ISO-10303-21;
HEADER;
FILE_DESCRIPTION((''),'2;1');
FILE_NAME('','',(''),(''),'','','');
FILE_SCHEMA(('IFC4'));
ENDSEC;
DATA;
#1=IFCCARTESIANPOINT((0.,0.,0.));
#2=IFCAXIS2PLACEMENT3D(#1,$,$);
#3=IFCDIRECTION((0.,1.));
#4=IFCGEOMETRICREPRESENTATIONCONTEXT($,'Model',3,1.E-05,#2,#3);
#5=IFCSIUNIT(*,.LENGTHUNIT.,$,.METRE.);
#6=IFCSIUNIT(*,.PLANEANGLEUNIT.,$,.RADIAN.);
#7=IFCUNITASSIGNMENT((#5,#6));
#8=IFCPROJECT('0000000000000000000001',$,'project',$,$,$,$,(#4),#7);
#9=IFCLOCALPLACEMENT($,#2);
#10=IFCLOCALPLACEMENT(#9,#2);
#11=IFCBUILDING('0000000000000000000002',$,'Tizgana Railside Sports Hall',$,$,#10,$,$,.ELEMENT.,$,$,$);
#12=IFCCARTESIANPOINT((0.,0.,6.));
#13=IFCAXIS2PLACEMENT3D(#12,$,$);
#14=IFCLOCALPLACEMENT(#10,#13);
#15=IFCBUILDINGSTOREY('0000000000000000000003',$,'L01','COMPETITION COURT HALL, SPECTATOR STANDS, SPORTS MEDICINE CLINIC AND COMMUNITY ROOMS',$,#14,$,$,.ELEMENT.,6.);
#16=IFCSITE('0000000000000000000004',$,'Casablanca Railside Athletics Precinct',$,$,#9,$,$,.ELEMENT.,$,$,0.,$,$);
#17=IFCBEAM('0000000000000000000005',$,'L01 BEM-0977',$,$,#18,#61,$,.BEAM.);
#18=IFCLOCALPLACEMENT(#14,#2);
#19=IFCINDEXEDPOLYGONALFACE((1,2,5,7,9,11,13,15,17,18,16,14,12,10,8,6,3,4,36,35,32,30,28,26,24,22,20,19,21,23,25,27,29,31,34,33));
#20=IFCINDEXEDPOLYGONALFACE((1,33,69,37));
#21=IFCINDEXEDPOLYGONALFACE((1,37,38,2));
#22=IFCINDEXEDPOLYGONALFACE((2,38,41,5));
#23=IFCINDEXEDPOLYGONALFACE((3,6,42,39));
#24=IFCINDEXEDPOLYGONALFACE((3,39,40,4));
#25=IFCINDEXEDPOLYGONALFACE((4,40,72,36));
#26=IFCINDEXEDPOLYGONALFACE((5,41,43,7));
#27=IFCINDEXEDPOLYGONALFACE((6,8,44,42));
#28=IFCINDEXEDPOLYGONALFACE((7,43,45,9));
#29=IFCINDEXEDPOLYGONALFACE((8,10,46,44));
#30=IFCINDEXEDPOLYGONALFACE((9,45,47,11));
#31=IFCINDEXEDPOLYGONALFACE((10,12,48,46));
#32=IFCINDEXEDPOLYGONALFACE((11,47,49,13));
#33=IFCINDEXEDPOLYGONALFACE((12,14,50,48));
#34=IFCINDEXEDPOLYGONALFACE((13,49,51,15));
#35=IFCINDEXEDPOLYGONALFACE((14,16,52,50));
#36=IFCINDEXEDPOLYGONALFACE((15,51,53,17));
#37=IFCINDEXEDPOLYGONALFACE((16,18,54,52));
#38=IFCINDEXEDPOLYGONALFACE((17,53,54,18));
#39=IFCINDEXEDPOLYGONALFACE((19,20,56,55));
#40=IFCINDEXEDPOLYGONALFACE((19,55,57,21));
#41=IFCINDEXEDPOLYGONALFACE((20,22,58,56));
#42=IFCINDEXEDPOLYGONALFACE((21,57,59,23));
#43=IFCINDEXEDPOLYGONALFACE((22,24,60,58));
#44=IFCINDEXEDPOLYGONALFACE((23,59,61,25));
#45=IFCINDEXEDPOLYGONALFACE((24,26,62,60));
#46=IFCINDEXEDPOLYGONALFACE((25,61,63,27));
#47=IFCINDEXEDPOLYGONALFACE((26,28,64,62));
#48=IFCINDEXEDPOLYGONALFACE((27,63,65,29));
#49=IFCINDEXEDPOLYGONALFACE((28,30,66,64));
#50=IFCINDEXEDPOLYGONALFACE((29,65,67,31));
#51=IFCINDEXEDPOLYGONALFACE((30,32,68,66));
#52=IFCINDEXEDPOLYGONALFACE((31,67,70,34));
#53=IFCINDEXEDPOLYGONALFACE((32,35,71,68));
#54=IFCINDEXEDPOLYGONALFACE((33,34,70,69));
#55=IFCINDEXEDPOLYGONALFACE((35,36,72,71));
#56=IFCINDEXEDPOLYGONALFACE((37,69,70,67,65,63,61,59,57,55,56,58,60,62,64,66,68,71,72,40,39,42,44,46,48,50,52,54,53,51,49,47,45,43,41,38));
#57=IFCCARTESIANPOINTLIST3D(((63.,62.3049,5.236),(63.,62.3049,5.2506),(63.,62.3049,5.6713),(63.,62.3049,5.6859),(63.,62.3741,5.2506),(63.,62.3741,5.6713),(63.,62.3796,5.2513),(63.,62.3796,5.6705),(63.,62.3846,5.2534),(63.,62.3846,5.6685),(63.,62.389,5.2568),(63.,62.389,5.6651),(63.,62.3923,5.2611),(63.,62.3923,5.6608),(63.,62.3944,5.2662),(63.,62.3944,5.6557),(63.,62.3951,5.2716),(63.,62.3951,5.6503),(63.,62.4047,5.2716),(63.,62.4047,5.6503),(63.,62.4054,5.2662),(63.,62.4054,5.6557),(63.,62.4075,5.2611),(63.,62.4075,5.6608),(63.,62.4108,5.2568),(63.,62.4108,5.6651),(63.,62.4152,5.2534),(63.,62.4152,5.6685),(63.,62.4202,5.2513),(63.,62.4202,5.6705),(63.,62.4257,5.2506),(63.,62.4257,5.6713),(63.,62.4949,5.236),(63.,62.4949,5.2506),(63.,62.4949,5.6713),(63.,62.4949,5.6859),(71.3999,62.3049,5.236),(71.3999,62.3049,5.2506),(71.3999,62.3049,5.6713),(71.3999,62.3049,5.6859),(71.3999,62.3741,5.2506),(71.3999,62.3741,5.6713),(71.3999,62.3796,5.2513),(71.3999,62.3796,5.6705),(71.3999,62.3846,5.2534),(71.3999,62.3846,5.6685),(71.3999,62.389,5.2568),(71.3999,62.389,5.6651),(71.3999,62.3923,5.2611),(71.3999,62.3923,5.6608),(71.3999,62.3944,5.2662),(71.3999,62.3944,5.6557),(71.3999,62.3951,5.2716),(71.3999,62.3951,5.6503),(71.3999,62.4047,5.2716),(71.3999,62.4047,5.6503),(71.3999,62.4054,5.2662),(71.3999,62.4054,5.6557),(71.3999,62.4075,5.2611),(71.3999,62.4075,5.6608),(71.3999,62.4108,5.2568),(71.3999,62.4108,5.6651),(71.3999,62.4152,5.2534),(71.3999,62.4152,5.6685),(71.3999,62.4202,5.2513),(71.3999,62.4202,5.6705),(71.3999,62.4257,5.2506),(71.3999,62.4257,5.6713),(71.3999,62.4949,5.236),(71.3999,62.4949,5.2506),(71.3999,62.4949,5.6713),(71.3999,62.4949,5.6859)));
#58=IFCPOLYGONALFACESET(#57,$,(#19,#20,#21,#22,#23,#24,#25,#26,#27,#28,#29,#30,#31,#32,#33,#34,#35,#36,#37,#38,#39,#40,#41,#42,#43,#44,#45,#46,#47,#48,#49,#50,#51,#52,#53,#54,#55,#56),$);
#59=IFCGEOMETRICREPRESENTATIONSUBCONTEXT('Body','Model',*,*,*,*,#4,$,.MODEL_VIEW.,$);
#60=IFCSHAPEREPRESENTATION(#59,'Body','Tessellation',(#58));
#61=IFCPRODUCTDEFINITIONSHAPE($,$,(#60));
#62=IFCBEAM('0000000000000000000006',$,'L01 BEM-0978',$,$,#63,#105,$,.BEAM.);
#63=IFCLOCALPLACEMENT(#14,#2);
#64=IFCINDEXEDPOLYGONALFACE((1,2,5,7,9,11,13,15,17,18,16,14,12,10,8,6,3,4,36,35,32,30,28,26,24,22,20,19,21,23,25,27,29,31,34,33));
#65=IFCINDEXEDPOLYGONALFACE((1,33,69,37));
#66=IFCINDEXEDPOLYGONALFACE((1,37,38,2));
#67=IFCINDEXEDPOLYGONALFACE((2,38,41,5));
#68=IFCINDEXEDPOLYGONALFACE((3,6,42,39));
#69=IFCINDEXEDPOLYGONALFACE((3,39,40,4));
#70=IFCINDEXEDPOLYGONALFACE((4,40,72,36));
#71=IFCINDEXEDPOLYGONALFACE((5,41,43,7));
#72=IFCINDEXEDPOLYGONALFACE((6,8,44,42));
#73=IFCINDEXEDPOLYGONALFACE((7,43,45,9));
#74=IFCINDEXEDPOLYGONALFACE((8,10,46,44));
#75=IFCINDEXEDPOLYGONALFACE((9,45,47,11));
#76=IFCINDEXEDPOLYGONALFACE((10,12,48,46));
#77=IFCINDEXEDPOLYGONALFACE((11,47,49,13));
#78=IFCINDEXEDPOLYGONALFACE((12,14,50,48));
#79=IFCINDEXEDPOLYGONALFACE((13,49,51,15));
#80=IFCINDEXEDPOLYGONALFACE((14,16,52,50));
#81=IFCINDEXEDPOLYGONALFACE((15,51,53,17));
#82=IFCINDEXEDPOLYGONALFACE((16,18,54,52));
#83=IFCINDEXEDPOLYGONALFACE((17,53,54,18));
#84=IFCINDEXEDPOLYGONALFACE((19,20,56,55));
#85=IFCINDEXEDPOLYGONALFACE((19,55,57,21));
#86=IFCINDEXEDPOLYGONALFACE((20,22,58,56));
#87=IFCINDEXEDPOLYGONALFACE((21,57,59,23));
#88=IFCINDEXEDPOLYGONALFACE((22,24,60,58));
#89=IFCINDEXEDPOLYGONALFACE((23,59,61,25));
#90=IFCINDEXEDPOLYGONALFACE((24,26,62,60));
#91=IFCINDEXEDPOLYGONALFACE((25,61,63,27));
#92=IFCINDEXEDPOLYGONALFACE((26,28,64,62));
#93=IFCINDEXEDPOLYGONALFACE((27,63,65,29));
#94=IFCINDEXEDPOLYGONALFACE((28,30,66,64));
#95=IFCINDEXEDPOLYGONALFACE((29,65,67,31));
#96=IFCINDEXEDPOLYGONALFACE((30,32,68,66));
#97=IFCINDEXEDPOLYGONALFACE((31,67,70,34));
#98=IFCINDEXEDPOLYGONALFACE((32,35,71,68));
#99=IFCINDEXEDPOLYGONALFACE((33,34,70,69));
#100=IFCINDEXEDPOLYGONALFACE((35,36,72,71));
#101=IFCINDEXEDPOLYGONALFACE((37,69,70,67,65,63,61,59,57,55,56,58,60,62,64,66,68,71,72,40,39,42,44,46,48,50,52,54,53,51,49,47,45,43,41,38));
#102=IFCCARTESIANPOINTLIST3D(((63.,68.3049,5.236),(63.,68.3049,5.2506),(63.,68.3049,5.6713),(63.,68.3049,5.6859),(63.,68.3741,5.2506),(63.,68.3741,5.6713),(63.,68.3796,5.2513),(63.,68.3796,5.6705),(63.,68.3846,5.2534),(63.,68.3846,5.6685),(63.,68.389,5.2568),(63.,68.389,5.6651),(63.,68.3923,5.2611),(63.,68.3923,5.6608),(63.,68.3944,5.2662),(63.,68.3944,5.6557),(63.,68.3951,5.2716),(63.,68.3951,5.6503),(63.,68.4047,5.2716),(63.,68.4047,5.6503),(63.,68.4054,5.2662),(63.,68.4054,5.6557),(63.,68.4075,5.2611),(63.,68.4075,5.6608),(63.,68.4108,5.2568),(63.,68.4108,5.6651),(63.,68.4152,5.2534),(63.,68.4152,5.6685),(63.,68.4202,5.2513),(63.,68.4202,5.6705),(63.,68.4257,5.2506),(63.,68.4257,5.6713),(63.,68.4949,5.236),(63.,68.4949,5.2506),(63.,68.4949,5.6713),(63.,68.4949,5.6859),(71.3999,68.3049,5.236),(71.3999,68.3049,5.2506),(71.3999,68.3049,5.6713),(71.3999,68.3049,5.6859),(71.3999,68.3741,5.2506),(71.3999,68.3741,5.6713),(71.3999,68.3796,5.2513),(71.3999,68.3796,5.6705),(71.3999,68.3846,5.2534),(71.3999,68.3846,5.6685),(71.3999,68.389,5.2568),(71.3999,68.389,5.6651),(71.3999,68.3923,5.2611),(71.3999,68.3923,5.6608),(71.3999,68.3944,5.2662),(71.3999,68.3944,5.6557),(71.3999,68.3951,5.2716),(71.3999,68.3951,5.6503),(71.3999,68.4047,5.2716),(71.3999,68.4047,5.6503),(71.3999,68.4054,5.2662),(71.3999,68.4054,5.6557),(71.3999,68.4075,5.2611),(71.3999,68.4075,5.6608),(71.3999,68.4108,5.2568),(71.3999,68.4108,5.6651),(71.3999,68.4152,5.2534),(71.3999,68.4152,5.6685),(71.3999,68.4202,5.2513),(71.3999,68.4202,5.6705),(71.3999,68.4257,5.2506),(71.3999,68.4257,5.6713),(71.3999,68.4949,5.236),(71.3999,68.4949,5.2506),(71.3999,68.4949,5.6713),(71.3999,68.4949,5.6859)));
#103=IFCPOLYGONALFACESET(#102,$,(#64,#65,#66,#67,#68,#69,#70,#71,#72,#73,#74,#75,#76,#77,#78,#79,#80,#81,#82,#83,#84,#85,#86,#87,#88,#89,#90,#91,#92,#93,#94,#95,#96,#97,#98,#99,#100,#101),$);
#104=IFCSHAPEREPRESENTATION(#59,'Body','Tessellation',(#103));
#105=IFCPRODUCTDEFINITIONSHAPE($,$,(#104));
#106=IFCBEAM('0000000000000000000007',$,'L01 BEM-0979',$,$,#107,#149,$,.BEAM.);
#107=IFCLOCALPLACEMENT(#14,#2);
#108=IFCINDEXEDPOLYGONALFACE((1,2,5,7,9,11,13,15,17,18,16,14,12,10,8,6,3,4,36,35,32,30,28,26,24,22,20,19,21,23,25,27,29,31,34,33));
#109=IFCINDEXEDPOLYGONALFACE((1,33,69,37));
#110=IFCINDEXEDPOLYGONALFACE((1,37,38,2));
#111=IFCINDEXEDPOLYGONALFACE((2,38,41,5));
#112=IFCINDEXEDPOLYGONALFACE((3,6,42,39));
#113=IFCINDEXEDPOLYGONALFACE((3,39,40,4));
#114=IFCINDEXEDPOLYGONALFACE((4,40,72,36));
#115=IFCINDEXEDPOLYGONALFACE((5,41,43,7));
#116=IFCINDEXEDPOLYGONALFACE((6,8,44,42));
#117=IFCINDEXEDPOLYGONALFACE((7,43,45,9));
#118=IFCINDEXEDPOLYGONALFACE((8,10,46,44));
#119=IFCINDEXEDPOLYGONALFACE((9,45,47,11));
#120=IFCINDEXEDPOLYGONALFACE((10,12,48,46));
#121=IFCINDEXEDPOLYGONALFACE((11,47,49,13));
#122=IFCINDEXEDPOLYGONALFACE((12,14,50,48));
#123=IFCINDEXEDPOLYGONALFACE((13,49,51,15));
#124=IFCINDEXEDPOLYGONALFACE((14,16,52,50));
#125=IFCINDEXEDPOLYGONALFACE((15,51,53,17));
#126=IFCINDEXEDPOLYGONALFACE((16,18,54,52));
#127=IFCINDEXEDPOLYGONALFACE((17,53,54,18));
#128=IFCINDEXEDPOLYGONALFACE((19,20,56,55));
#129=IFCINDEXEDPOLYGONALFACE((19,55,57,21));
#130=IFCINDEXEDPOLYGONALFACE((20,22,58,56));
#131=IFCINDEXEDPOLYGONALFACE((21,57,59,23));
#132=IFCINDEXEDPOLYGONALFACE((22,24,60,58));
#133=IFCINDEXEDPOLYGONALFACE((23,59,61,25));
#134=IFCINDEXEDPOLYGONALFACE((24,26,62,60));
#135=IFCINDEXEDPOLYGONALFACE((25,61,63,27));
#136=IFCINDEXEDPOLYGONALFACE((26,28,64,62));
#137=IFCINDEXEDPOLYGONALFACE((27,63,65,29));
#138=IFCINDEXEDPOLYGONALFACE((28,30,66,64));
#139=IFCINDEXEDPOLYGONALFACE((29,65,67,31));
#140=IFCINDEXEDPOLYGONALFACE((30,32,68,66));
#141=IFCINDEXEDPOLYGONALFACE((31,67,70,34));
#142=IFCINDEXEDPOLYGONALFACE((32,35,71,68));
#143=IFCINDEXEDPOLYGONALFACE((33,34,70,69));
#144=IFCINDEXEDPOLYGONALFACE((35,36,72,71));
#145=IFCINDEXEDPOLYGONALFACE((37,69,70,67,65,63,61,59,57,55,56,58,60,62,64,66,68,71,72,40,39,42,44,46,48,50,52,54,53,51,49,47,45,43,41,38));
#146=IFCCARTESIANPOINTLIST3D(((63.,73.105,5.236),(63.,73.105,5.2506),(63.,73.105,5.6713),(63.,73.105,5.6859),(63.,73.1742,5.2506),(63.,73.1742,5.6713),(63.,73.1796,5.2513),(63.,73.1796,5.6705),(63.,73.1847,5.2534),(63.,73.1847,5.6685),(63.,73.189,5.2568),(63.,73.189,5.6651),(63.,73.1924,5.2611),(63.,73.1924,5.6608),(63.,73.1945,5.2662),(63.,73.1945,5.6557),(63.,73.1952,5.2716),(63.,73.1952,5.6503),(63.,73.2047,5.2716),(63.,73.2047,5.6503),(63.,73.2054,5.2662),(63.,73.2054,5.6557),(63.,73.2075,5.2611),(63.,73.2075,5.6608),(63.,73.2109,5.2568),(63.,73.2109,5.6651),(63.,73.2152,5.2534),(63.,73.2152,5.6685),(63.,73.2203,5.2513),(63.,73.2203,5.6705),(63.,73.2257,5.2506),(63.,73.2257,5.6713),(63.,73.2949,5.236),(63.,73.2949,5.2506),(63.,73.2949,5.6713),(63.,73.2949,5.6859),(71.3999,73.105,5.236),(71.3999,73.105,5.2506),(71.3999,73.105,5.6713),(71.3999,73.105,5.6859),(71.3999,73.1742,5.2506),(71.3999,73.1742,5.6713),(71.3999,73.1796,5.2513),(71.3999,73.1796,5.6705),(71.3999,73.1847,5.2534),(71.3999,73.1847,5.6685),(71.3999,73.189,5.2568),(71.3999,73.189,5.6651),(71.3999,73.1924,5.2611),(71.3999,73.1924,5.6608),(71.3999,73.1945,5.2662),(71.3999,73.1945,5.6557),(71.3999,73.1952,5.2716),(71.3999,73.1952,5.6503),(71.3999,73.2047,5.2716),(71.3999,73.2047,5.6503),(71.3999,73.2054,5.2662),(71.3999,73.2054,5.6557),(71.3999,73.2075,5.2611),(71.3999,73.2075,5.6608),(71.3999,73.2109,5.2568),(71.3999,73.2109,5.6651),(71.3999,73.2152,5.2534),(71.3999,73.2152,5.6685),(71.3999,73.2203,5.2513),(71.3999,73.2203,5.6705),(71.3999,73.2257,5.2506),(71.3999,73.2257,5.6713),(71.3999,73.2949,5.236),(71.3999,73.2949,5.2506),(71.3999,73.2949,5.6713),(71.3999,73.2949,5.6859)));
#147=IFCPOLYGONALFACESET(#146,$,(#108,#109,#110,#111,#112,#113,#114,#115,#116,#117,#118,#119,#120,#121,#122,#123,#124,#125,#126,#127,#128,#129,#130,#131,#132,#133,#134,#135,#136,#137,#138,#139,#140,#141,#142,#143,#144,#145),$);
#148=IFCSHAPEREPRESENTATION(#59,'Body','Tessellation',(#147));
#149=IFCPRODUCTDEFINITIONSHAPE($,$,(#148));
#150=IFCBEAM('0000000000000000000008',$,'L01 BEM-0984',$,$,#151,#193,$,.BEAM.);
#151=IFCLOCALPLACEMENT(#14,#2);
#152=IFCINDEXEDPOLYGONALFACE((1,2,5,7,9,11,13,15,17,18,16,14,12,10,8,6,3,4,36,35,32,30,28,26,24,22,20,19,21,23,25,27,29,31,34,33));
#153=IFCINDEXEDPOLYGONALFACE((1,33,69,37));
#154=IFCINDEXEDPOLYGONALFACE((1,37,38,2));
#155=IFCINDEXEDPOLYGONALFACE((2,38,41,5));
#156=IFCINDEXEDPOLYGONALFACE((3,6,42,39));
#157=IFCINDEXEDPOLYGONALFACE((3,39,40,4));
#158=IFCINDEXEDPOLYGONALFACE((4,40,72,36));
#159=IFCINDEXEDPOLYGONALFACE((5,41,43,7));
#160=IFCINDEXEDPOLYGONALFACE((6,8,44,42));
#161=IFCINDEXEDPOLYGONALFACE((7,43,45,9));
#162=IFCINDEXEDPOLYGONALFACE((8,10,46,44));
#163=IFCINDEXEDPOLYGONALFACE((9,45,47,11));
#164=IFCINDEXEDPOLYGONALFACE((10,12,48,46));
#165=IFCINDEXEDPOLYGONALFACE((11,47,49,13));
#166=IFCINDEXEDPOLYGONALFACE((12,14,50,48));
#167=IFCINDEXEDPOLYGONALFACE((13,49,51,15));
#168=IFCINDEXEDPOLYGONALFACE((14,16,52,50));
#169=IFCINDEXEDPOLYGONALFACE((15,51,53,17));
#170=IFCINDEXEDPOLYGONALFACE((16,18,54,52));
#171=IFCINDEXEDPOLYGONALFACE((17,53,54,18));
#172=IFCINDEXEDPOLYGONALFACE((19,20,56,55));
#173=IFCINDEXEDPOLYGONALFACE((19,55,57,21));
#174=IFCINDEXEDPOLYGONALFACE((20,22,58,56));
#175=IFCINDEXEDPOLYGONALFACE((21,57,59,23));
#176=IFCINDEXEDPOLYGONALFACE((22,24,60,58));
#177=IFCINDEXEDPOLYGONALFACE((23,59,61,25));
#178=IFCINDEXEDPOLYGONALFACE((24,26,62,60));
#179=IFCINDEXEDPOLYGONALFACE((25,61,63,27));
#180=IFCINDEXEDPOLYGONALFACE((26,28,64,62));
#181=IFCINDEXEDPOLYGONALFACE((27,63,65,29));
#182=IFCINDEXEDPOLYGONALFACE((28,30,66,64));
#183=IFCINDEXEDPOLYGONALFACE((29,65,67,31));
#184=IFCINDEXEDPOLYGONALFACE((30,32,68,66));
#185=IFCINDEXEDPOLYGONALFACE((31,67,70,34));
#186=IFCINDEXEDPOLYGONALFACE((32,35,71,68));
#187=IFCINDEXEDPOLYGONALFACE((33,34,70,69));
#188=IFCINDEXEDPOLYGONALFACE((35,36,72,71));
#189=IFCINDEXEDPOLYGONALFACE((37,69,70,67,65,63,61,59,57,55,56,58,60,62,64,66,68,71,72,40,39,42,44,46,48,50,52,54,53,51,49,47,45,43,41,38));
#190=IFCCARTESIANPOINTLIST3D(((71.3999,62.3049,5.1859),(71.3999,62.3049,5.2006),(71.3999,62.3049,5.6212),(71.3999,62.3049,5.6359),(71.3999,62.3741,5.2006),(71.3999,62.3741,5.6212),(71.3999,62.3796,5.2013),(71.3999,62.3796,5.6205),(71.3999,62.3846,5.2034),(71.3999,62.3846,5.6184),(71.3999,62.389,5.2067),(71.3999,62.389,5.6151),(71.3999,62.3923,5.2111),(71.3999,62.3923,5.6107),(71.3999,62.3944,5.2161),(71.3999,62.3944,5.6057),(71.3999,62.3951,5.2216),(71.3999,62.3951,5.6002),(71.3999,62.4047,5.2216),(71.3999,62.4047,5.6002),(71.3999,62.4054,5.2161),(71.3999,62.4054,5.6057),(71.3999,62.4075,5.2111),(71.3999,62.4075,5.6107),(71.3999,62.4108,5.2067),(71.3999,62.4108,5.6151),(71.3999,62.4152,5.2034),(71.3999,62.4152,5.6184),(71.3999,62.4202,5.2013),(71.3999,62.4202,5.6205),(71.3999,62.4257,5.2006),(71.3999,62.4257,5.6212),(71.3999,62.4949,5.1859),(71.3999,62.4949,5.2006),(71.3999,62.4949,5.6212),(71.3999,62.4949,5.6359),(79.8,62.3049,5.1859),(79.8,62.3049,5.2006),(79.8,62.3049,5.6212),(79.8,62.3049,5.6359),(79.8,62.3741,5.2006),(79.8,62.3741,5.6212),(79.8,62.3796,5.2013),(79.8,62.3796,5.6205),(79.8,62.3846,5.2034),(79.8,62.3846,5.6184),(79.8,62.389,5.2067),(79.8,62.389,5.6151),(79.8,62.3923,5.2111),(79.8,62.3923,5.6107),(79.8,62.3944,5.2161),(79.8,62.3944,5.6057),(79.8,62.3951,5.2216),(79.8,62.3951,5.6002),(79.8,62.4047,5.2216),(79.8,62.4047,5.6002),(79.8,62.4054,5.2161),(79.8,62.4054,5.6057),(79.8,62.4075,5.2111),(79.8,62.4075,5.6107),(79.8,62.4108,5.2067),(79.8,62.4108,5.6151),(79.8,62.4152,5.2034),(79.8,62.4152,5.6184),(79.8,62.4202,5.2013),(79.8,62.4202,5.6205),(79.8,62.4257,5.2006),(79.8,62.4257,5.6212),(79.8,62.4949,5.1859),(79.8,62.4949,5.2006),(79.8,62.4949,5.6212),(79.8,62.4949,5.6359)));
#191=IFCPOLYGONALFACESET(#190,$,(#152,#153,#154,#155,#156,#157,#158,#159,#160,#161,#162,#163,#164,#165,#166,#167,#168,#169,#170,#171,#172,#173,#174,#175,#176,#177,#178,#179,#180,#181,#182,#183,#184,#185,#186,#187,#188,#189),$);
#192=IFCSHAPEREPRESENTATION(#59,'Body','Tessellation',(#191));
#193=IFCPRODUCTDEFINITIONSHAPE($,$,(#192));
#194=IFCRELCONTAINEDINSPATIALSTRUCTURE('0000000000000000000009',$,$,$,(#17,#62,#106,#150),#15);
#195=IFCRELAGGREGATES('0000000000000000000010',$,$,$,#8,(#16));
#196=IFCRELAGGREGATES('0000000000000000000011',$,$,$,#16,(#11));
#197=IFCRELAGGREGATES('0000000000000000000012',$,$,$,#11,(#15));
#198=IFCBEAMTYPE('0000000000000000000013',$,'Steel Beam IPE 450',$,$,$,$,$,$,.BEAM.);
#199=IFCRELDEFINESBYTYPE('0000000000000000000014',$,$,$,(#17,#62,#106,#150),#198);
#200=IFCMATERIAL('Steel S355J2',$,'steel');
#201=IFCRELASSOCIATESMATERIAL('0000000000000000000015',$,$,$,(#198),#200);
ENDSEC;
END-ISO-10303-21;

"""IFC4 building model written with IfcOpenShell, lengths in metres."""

from ifc_helpers import new_model, si_unit, direction, frame, origin, origin_2d, place, context, subcontext, project, spatial, i_section, extrude, material, material_profile, profile_set, type_object, element, save


model = new_model("IFC4")

# Units and contexts
model_context = context("Model", 3, precision=1e-05, world=origin(), true_north=direction((0.0, 1.0)))
body_context = subcontext(model_context, "Body", "Model", "MODEL_VIEW")
ifc_project = project(units=[si_unit("LENGTHUNIT", "METRE"), si_unit("PLANEANGLEUNIT", "RADIAN")], contexts=[model_context])

# Site, building, storey
site_placement = place(None, origin())
site = spatial("IfcSite", under=ifc_project, at=site_placement, Name="Casablanca Railside Athletics Precinct", CompositionType="ELEMENT", RefElevation=0.0)
building_placement = place(site_placement, origin())
building = spatial("IfcBuilding", under=site, at=building_placement, Name="Tizgana Railside Sports Hall", CompositionType="ELEMENT")
storey_placement = place(building_placement, frame((0.0, 0.0, 6.0)))
storey = spatial("IfcBuildingStorey", under=building, at=storey_placement, Name="L01", Description="COMPETITION COURT HALL, SPECTATOR STANDS, SPORTS MEDICINE CLINIC AND COMMUNITY ROOMS", CompositionType="ELEMENT", Elevation=6.0)

# Shared definitions
ifc_material_1 = material(Name="Steel S355J2", Category="steel")

# Beams
ifc_material_profile_1 = material_profile(ifc_material_1, i_section(OverallWidth=0.1899, OverallDepth=0.45, WebThickness=0.0095, FlangeThickness=0.0146, FilletRadius=0.021, at=origin_2d()), Name="IPE 450")
ifc_profile_set_1 = profile_set([ifc_material_profile_1], Name="Steel S355J2")
beam_type_1 = type_object("IfcBeamType", Name="Steel Beam IPE 450", PredefinedType="BEAM", material=ifc_profile_set_1)
for number, where, z_axis, x_axis, name in (
    (1, (63.0, 62.3999, 5.4609), (1.0, 0.0, 0.0), (0.0, 1.0, 0.0), "L01 BEM-0977"),
    (2, (63.0, 68.3999, 5.4609), (1.0, 0.0, 0.0), (0.0, 1.0, 0.0), "L01 BEM-0978"),
    (3, (63.0, 73.2, 5.4609), (1.0, 0.0, 0.0), (0.0, 1.0, 0.0), "L01 BEM-0979"),
):
    element("IfcBeam", number, at=place(storey_placement, frame(where, z_axis=z_axis, x_axis=x_axis)), inside=storey, type_object=beam_type_1, Name=name, PredefinedType="BEAM", context=body_context, shape_type="SweptSolid", body=[
        extrude(i_section(OverallWidth=0.1899, OverallDepth=0.45, WebThickness=0.0095, FlangeThickness=0.0146, FilletRadius=0.021, at=origin_2d()), origin(), (0.0, 0.0, 1.0), 8.3999),
    ])
for number, where, z_axis, x_axis, name in (
    (4, (71.3999, 62.3999, 5.4109), (1.0, 0.0, 0.0), (0.0, 1.0, 0.0), "L01 BEM-0984"),
):
    element("IfcBeam", number, at=place(storey_placement, frame(where, z_axis=z_axis, x_axis=x_axis)), inside=storey, type_object=beam_type_1, Name=name, PredefinedType="BEAM", context=body_context, shape_type="SweptSolid", body=[
        extrude(i_section(OverallWidth=0.1899, OverallDepth=0.45, WebThickness=0.0095, FlangeThickness=0.0146, FilletRadius=0.021, at=origin_2d()), origin(), (0.0, 0.0, 1.0), 8.4001),
    ])

save(model, "model.ifc")
